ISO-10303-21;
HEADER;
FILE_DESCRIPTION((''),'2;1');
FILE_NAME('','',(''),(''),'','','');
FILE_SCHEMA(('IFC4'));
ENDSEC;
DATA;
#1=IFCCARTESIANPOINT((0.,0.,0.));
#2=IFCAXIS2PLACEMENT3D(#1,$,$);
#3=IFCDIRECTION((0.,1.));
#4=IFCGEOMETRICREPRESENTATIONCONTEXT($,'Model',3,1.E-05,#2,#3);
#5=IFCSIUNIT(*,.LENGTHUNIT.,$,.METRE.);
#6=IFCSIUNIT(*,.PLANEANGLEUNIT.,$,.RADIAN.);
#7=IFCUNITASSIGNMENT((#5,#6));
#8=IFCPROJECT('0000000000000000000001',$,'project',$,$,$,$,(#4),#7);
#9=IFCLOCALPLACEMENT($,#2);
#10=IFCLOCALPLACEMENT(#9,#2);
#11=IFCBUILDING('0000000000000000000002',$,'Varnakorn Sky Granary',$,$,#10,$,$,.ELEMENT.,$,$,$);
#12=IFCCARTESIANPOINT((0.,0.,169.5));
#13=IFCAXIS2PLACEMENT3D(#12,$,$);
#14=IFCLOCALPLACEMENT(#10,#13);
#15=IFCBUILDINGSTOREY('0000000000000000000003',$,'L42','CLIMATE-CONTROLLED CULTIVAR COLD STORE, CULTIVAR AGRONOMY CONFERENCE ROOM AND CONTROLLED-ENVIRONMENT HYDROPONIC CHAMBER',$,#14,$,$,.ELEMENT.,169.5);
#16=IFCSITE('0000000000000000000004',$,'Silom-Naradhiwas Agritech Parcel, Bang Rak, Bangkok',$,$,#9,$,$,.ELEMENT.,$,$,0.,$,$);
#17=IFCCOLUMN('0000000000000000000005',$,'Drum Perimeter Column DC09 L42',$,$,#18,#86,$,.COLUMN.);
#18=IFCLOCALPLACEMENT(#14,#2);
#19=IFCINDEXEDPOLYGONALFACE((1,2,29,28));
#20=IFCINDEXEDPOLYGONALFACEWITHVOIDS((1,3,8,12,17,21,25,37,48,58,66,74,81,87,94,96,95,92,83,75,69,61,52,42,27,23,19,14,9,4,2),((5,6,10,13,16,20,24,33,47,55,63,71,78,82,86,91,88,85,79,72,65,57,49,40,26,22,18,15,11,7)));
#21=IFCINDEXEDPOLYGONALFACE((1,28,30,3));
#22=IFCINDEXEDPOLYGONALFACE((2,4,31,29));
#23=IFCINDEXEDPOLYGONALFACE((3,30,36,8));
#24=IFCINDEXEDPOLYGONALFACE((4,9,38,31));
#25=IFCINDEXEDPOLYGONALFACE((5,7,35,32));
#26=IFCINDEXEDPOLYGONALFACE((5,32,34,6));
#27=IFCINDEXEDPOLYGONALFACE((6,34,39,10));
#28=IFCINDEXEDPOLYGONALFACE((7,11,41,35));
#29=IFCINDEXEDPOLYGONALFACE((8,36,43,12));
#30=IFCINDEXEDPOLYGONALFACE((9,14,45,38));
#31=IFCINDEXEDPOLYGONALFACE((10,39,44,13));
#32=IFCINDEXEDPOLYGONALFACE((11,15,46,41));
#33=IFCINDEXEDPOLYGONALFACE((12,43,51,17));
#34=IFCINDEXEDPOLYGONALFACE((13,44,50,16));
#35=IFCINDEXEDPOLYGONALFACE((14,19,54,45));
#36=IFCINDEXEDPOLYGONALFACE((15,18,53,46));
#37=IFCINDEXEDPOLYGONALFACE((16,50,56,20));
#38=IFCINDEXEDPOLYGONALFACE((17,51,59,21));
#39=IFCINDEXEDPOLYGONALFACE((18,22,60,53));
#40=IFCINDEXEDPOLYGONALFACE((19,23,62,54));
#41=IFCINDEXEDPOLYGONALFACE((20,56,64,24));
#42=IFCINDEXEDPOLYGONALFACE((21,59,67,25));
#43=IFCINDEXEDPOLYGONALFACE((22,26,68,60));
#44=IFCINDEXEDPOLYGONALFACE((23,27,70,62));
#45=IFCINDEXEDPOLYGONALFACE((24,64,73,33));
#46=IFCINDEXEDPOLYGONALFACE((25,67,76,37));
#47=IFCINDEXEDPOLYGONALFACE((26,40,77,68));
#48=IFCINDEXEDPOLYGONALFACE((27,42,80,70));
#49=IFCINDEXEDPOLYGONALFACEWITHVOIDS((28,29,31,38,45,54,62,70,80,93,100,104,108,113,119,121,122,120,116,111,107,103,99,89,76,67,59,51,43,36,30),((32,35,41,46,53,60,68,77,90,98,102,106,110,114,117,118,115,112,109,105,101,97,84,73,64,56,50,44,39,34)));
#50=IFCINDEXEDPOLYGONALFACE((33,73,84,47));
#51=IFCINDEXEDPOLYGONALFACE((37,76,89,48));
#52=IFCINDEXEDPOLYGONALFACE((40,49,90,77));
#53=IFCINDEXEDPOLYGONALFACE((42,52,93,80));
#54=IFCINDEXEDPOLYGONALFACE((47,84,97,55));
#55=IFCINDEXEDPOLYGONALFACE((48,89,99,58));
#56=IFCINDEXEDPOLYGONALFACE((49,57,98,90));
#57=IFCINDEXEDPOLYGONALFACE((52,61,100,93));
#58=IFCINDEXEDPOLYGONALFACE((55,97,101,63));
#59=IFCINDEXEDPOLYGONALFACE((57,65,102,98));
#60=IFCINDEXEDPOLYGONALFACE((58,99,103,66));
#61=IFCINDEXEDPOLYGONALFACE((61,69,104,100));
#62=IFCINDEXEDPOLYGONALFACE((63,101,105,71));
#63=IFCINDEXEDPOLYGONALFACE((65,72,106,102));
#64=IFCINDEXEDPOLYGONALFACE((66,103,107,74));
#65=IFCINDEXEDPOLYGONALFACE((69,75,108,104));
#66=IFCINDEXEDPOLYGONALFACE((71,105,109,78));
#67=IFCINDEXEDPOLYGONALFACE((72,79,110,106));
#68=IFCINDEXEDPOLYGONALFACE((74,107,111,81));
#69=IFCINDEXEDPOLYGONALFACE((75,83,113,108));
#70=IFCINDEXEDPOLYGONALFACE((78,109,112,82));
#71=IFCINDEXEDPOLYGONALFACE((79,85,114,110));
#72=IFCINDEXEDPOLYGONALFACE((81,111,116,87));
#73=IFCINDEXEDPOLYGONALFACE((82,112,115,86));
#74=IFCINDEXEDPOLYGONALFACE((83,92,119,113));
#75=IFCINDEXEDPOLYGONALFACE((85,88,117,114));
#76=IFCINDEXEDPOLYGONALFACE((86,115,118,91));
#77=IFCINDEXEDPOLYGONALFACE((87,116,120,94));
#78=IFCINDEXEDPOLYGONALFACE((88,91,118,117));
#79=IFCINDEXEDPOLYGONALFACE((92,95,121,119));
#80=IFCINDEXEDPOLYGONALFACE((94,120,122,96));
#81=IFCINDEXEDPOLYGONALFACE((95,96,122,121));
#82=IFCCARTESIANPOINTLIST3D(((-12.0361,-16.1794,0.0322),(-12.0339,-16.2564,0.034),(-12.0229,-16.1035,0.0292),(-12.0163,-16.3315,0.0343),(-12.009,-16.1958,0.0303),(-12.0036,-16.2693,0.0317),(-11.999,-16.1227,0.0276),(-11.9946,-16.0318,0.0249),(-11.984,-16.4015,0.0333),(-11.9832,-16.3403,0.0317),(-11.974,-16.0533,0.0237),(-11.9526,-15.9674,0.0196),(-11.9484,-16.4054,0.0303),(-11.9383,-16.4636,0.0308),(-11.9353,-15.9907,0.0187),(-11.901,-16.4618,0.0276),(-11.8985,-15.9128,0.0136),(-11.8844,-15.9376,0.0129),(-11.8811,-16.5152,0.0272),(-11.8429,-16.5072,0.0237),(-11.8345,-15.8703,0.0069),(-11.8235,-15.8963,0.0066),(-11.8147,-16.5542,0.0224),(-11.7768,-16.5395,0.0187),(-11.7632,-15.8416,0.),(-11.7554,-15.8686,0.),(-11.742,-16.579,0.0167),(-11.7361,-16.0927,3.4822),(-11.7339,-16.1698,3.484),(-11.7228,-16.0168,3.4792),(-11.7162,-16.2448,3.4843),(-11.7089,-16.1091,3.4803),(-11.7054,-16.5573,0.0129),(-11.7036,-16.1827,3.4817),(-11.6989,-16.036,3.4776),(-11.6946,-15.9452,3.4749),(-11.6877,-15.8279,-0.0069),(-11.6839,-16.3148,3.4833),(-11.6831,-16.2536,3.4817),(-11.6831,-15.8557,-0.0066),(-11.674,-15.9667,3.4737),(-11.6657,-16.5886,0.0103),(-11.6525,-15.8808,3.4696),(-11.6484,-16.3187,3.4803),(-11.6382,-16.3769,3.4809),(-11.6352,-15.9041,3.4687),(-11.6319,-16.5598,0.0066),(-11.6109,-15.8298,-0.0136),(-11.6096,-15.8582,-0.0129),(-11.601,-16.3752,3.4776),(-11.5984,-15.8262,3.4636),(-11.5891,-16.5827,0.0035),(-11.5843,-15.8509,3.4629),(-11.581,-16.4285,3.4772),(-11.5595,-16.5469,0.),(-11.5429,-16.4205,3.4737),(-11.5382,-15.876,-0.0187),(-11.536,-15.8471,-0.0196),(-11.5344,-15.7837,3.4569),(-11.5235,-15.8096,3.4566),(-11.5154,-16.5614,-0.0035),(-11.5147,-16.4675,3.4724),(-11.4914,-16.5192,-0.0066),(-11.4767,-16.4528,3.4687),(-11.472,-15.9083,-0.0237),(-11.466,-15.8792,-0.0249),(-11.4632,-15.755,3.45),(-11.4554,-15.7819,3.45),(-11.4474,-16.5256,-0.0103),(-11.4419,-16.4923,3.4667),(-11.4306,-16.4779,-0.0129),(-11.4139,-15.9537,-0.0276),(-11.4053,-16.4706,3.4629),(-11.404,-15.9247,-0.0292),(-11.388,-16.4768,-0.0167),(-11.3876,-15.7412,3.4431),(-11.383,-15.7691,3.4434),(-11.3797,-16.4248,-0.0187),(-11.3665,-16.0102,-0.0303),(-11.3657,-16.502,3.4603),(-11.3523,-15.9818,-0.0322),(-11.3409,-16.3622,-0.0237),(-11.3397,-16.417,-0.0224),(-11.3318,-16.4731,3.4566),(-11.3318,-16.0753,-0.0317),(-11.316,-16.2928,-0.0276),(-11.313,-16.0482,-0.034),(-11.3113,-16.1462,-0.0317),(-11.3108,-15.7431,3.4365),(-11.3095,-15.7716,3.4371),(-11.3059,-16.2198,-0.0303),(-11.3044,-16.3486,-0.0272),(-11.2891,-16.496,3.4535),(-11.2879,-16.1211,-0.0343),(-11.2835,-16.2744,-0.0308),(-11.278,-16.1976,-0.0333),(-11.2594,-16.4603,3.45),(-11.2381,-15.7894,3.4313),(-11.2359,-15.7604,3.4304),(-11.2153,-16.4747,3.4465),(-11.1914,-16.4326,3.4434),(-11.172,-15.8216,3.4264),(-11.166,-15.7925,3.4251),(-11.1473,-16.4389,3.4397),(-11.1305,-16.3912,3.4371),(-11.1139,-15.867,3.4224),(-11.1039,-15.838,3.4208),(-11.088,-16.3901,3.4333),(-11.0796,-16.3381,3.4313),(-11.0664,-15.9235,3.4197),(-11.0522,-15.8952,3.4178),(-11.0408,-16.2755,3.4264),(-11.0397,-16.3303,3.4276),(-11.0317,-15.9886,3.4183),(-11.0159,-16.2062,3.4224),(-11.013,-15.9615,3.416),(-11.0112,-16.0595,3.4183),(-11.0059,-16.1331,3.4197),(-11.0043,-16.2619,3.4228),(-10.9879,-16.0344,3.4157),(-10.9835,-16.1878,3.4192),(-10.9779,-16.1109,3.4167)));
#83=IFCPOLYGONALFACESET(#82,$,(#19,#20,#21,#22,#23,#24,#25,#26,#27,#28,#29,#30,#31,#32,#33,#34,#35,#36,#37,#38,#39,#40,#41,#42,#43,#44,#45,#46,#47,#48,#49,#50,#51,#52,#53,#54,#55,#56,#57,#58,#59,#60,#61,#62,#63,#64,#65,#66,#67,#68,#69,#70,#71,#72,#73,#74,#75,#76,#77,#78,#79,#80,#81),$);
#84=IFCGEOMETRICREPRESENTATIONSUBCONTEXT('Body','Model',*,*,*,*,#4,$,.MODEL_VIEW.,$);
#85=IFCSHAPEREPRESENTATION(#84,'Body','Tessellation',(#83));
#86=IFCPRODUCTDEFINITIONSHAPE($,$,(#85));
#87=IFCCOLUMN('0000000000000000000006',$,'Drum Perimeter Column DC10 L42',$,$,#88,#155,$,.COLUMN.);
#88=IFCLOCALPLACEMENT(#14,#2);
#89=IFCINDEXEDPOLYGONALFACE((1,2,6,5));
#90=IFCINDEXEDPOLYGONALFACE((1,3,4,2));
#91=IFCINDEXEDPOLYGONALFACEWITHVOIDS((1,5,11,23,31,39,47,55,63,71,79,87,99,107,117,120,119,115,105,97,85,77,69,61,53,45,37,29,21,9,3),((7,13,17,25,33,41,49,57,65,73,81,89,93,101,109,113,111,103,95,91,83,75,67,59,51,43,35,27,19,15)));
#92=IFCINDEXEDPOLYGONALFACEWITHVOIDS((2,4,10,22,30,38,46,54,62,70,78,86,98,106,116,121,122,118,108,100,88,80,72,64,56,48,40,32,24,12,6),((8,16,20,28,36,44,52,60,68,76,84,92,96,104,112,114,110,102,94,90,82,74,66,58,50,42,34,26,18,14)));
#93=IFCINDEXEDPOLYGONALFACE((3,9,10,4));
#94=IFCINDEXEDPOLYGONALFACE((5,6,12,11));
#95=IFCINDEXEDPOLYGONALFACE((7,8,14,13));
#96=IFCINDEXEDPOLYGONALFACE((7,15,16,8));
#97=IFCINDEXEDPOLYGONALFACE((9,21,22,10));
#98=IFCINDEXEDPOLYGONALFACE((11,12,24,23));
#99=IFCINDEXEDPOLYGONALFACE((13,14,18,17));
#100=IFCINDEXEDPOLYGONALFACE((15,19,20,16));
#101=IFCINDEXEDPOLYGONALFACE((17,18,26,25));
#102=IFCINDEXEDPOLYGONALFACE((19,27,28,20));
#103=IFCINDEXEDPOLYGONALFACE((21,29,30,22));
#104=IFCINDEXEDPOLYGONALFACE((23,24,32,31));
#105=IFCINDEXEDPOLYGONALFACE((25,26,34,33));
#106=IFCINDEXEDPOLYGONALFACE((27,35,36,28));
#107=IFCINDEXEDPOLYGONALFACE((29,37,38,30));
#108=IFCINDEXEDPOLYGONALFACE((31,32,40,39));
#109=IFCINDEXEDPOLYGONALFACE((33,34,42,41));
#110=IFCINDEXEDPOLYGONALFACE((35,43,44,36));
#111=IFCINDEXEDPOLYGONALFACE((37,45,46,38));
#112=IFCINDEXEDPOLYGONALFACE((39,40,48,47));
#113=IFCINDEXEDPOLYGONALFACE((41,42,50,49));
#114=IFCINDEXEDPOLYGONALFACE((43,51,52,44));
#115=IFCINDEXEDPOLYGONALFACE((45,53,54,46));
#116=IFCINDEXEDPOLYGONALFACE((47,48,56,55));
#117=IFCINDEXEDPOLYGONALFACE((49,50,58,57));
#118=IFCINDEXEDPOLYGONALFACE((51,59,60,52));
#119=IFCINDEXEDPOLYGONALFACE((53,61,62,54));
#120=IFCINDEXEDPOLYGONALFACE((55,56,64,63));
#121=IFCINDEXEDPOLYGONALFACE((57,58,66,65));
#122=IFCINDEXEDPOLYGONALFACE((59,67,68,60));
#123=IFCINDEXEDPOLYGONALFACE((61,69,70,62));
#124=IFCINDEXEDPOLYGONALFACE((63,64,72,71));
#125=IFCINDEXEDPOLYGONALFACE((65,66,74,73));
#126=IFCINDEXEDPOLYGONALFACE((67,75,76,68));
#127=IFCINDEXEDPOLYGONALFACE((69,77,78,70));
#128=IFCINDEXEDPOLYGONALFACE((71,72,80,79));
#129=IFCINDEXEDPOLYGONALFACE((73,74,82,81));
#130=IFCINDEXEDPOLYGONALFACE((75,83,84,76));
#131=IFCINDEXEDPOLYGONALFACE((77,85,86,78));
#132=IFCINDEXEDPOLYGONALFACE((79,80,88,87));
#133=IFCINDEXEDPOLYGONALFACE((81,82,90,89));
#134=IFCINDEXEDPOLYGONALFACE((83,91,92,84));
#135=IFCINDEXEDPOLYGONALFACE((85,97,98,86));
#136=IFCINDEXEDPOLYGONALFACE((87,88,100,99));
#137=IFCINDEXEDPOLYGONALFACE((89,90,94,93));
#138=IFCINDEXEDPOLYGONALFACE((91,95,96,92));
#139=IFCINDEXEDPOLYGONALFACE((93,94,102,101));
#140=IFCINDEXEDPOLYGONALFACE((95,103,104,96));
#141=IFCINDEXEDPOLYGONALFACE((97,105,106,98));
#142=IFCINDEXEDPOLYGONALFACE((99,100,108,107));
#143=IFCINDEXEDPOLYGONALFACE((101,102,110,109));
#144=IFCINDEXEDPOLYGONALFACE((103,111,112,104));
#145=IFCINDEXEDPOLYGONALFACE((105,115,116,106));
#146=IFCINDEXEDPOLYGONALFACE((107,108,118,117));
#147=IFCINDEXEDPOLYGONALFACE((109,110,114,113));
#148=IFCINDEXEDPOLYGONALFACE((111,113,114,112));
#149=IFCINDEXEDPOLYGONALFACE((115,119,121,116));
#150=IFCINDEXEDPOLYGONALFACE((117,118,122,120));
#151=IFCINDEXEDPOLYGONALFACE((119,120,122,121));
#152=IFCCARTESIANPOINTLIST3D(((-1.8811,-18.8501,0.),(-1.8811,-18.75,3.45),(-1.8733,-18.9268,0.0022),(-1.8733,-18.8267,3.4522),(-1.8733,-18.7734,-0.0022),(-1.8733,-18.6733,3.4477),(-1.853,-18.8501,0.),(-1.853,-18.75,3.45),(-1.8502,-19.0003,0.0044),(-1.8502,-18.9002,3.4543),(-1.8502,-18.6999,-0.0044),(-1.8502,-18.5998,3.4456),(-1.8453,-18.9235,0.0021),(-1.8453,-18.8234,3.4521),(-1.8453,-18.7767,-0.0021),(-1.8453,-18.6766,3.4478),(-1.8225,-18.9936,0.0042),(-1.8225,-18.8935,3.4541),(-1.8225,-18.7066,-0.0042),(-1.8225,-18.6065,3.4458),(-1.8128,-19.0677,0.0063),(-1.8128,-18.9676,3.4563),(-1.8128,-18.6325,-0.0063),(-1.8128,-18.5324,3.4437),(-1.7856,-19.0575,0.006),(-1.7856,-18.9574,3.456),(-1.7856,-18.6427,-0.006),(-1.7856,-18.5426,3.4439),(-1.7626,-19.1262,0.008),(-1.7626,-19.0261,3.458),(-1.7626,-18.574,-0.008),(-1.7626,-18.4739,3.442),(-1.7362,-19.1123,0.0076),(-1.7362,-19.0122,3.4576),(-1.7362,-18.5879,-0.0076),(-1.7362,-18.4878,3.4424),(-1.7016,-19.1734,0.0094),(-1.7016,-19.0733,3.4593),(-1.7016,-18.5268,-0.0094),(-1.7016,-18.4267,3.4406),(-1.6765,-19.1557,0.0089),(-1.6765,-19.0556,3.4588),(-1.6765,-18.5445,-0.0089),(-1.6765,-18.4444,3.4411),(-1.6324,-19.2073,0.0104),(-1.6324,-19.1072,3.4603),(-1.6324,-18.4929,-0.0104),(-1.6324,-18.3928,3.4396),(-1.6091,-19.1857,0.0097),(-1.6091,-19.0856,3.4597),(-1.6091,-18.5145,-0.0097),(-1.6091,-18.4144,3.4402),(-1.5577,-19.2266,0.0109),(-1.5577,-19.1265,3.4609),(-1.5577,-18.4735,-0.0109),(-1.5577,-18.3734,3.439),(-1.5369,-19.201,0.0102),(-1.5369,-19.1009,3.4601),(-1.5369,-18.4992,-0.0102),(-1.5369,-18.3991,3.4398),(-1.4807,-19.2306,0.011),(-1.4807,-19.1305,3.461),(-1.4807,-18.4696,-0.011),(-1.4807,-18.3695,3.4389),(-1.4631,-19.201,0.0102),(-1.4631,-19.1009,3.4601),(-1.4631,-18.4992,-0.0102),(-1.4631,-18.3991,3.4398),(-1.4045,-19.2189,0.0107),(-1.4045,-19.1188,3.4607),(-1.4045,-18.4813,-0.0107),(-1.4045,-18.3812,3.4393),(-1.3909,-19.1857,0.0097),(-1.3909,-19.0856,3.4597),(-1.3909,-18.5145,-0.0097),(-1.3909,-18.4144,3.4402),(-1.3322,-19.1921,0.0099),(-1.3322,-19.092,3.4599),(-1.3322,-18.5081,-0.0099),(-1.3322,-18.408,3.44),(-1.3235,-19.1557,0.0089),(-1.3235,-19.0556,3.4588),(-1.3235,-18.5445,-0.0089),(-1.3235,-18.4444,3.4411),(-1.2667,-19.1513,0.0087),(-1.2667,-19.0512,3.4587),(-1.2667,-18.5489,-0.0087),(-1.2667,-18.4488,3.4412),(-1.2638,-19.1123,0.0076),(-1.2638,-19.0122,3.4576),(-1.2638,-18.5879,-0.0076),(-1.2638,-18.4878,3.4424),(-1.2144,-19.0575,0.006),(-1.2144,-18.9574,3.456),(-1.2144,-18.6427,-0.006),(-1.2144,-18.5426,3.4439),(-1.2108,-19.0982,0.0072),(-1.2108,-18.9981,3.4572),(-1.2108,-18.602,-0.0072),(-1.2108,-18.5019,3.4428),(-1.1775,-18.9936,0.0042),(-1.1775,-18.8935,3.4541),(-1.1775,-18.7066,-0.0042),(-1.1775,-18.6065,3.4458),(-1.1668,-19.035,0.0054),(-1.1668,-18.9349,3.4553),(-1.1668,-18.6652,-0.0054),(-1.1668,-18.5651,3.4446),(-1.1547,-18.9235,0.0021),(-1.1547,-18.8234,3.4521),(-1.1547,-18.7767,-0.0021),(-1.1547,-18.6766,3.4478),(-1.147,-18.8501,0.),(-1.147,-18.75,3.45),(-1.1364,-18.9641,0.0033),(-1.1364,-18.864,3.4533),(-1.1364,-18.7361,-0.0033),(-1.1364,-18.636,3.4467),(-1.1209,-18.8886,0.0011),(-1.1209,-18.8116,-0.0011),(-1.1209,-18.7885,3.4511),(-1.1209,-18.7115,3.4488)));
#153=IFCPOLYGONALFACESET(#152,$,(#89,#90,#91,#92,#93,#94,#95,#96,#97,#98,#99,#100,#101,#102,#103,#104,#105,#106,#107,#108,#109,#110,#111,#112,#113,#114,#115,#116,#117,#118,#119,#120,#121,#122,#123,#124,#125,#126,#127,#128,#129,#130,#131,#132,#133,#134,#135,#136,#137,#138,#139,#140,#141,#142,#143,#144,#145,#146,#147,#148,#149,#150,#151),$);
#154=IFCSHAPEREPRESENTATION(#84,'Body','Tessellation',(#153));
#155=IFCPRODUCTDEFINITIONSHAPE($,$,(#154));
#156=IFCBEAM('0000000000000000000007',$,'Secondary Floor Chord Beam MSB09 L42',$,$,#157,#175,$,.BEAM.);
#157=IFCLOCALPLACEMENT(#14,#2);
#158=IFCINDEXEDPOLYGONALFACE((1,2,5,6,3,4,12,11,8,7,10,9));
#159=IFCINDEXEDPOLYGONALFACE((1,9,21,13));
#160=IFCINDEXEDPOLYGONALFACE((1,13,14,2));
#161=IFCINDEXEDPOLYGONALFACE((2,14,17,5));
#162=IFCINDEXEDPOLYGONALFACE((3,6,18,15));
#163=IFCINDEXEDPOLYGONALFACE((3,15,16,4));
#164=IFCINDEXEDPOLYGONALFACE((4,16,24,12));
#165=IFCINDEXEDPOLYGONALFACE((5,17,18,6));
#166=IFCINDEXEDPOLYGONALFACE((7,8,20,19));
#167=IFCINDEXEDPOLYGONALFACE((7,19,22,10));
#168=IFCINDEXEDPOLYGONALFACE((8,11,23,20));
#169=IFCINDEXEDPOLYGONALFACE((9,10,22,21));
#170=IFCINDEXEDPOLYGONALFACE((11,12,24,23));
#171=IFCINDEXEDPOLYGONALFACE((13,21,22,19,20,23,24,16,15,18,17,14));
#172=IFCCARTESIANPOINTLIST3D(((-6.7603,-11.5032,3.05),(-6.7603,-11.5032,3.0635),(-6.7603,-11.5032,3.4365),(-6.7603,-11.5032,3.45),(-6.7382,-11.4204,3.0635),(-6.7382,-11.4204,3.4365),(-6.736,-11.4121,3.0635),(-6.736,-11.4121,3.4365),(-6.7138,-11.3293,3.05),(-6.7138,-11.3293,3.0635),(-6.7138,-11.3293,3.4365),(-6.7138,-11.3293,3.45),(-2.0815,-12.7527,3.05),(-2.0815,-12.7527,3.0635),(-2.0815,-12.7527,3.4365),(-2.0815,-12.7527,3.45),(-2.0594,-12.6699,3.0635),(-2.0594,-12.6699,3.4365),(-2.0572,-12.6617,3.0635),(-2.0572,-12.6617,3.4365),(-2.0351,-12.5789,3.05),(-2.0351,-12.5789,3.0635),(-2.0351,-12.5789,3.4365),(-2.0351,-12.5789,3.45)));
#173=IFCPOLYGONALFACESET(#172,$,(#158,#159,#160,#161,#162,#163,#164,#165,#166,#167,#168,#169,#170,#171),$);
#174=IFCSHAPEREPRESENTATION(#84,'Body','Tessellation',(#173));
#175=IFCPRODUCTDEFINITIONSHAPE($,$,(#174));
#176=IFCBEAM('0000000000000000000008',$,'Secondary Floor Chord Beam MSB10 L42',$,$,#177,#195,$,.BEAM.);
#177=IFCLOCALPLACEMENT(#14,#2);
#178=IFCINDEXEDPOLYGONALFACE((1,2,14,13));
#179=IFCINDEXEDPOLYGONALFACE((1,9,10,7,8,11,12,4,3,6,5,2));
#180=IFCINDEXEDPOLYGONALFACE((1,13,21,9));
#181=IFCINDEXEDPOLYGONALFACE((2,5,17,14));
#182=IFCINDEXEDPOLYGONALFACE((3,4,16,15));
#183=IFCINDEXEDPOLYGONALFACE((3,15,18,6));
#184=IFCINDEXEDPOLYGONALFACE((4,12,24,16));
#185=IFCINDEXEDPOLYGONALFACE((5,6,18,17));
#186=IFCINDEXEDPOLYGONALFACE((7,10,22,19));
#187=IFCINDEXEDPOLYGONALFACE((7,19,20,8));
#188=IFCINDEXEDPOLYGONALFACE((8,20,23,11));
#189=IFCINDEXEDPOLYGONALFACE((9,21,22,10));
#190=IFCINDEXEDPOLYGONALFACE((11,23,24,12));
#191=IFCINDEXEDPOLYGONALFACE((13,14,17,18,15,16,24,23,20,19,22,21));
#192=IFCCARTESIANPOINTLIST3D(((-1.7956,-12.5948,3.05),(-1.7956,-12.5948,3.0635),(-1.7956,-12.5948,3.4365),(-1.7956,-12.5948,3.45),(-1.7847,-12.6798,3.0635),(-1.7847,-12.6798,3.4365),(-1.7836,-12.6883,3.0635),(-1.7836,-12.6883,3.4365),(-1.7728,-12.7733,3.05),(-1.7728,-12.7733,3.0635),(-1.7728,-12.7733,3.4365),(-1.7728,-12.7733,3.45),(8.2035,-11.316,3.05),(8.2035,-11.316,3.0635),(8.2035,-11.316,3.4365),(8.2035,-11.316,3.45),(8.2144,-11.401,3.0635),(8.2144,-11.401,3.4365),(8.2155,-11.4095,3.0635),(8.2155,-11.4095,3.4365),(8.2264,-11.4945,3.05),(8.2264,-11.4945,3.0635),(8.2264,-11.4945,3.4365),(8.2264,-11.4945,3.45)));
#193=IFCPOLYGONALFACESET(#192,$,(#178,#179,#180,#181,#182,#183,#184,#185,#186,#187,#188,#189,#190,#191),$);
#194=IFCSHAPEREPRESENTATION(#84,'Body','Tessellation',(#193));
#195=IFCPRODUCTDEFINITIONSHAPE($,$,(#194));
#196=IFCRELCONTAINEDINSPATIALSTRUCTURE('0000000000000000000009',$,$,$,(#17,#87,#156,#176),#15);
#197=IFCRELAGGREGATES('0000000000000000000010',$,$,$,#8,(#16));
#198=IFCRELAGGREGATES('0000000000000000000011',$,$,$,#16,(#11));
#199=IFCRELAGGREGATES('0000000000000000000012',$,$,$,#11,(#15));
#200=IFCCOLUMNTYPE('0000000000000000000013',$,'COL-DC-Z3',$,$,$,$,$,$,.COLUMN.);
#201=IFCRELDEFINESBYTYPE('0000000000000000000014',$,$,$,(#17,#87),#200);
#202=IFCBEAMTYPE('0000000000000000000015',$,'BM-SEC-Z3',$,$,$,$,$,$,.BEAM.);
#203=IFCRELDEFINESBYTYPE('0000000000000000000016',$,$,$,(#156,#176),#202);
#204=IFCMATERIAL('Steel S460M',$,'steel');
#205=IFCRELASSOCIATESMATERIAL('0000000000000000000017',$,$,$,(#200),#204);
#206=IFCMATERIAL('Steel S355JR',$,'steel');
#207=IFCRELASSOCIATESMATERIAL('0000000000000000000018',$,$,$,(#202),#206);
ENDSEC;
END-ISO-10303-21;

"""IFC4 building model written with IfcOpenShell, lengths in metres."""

from ifc_helpers import new_model, si_unit, direction, frame, origin, origin_2d, place, context, subcontext, project, spatial, hollow_circle, i_section, extrude, material, material_profile, profile_set, type_object, element, save


model = new_model("IFC4")

# Units and contexts
model_context = context("Model", 3, precision=1e-05, world=origin(), true_north=direction((0.0, 1.0)))
body_context = subcontext(model_context, "Body", "Model", "MODEL_VIEW")
ifc_project = project(units=[si_unit("LENGTHUNIT", "METRE"), si_unit("PLANEANGLEUNIT", "RADIAN")], contexts=[model_context])

# Site, building, storey
site_placement = place(None, origin())
site = spatial("IfcSite", under=ifc_project, at=site_placement, Name="Silom-Naradhiwas Agritech Parcel, Bang Rak, Bangkok", CompositionType="ELEMENT", RefElevation=0.0)
building_placement = place(site_placement, origin())
building = spatial("IfcBuilding", under=site, at=building_placement, Name="Varnakorn Sky Granary", CompositionType="ELEMENT")
storey_placement = place(building_placement, frame((0.0, 0.0, 169.5)))
storey = spatial("IfcBuildingStorey", under=building, at=storey_placement, Name="L42", Description="CLIMATE-CONTROLLED CULTIVAR COLD STORE, CULTIVAR AGRONOMY CONFERENCE ROOM AND CONTROLLED-ENVIRONMENT HYDROPONIC CHAMBER", CompositionType="ELEMENT", Elevation=169.5)

# Columns
ifc_material_1 = material(Name="Steel S460M", Category="steel")
ifc_material_profile_1 = material_profile(ifc_material_1, hollow_circle(Radius=0.3811, WallThickness=0.0281, at=origin_2d()), Name="CHS 762x28")
ifc_profile_set_1 = profile_set([ifc_material_profile_1], Name="Steel S460M")
column_type = type_object("IfcColumnType", Name="COL-DC-Z3", PredefinedType="COLUMN", material=ifc_profile_set_1)
column_1_placement = place(storey_placement, frame((-11.6575, -16.2078, 0.0), z_axis=(0.086618, 0.02502, 0.995927), x_axis=(-0.277508, 0.960723, 0.0)))
element("IfcColumn", 1, at=column_1_placement, inside=storey, type_object=column_type, Name="Drum Perimeter Column DC09 L42", PredefinedType="COLUMN", context=body_context, shape_type="SweptSolid", body=[
    extrude(hollow_circle(Radius=0.3811, WallThickness=0.0281, at=origin_2d()), origin(), (0.0, 0.0, 1.0), 3.4641),
])
column_2_placement = place(storey_placement, frame((-1.5, -18.8501, 0.0), z_axis=(0.0, 0.029002, 0.999579), x_axis=(-1.0, 0.0, 0.0)))
element("IfcColumn", 2, at=column_2_placement, inside=storey, type_object=column_type, Name="Drum Perimeter Column DC10 L42", PredefinedType="COLUMN", context=body_context, shape_type="SweptSolid", body=[
    extrude(hollow_circle(Radius=0.3811, WallThickness=0.0281, at=origin_2d()), origin(), (0.0, 0.0, 1.0), 3.4514),
])

# Beams
ifc_material_2 = material(Name="Steel S355JR", Category="steel")
ifc_material_profile_2 = material_profile(ifc_material_2, i_section(OverallWidth=0.1799, OverallDepth=0.3999, WebThickness=0.0085, FlangeThickness=0.0134, at=origin_2d()), Name="IPE 400")
ifc_profile_set_2 = profile_set([ifc_material_profile_2], Name="Steel S355JR")
beam_type_1 = type_object("IfcBeamType", Name="BM-SEC-Z3", PredefinedType="BEAM", material=ifc_profile_set_2)
beam_1_placement = place(storey_placement, frame((-6.7371, -11.4163, 3.25), z_axis=(0.966139, -0.25802, 0.0), x_axis=(0.25802, 0.966139, 0.0)))
element("IfcBeam", 3, at=beam_1_placement, inside=storey, type_object=beam_type_1, Name="Secondary Floor Chord Beam MSB09 L42", PredefinedType="BEAM", context=body_context, shape_type="SweptSolid", body=[
    extrude(i_section(OverallWidth=0.1799, OverallDepth=0.3999, WebThickness=0.0085, FlangeThickness=0.0134, at=origin_2d()), origin(), (0.0, 0.0, 1.0), 4.8428),
])
beam_2_placement = place(storey_placement, frame((-1.7842, -12.6841, 3.25), z_axis=(0.991921, 0.12686, 0.0), x_axis=(-0.12686, 0.991921, 0.0)))
element("IfcBeam", 4, at=beam_2_placement, inside=storey, type_object=beam_type_1, Name="Secondary Floor Chord Beam MSB10 L42", PredefinedType="BEAM", context=body_context, shape_type="SweptSolid", body=[
    extrude(i_section(OverallWidth=0.1799, OverallDepth=0.3999, WebThickness=0.0085, FlangeThickness=0.0134, at=origin_2d()), origin(), (0.0, 0.0, 1.0), 10.0806),
])

save(model, "model.ifc")
